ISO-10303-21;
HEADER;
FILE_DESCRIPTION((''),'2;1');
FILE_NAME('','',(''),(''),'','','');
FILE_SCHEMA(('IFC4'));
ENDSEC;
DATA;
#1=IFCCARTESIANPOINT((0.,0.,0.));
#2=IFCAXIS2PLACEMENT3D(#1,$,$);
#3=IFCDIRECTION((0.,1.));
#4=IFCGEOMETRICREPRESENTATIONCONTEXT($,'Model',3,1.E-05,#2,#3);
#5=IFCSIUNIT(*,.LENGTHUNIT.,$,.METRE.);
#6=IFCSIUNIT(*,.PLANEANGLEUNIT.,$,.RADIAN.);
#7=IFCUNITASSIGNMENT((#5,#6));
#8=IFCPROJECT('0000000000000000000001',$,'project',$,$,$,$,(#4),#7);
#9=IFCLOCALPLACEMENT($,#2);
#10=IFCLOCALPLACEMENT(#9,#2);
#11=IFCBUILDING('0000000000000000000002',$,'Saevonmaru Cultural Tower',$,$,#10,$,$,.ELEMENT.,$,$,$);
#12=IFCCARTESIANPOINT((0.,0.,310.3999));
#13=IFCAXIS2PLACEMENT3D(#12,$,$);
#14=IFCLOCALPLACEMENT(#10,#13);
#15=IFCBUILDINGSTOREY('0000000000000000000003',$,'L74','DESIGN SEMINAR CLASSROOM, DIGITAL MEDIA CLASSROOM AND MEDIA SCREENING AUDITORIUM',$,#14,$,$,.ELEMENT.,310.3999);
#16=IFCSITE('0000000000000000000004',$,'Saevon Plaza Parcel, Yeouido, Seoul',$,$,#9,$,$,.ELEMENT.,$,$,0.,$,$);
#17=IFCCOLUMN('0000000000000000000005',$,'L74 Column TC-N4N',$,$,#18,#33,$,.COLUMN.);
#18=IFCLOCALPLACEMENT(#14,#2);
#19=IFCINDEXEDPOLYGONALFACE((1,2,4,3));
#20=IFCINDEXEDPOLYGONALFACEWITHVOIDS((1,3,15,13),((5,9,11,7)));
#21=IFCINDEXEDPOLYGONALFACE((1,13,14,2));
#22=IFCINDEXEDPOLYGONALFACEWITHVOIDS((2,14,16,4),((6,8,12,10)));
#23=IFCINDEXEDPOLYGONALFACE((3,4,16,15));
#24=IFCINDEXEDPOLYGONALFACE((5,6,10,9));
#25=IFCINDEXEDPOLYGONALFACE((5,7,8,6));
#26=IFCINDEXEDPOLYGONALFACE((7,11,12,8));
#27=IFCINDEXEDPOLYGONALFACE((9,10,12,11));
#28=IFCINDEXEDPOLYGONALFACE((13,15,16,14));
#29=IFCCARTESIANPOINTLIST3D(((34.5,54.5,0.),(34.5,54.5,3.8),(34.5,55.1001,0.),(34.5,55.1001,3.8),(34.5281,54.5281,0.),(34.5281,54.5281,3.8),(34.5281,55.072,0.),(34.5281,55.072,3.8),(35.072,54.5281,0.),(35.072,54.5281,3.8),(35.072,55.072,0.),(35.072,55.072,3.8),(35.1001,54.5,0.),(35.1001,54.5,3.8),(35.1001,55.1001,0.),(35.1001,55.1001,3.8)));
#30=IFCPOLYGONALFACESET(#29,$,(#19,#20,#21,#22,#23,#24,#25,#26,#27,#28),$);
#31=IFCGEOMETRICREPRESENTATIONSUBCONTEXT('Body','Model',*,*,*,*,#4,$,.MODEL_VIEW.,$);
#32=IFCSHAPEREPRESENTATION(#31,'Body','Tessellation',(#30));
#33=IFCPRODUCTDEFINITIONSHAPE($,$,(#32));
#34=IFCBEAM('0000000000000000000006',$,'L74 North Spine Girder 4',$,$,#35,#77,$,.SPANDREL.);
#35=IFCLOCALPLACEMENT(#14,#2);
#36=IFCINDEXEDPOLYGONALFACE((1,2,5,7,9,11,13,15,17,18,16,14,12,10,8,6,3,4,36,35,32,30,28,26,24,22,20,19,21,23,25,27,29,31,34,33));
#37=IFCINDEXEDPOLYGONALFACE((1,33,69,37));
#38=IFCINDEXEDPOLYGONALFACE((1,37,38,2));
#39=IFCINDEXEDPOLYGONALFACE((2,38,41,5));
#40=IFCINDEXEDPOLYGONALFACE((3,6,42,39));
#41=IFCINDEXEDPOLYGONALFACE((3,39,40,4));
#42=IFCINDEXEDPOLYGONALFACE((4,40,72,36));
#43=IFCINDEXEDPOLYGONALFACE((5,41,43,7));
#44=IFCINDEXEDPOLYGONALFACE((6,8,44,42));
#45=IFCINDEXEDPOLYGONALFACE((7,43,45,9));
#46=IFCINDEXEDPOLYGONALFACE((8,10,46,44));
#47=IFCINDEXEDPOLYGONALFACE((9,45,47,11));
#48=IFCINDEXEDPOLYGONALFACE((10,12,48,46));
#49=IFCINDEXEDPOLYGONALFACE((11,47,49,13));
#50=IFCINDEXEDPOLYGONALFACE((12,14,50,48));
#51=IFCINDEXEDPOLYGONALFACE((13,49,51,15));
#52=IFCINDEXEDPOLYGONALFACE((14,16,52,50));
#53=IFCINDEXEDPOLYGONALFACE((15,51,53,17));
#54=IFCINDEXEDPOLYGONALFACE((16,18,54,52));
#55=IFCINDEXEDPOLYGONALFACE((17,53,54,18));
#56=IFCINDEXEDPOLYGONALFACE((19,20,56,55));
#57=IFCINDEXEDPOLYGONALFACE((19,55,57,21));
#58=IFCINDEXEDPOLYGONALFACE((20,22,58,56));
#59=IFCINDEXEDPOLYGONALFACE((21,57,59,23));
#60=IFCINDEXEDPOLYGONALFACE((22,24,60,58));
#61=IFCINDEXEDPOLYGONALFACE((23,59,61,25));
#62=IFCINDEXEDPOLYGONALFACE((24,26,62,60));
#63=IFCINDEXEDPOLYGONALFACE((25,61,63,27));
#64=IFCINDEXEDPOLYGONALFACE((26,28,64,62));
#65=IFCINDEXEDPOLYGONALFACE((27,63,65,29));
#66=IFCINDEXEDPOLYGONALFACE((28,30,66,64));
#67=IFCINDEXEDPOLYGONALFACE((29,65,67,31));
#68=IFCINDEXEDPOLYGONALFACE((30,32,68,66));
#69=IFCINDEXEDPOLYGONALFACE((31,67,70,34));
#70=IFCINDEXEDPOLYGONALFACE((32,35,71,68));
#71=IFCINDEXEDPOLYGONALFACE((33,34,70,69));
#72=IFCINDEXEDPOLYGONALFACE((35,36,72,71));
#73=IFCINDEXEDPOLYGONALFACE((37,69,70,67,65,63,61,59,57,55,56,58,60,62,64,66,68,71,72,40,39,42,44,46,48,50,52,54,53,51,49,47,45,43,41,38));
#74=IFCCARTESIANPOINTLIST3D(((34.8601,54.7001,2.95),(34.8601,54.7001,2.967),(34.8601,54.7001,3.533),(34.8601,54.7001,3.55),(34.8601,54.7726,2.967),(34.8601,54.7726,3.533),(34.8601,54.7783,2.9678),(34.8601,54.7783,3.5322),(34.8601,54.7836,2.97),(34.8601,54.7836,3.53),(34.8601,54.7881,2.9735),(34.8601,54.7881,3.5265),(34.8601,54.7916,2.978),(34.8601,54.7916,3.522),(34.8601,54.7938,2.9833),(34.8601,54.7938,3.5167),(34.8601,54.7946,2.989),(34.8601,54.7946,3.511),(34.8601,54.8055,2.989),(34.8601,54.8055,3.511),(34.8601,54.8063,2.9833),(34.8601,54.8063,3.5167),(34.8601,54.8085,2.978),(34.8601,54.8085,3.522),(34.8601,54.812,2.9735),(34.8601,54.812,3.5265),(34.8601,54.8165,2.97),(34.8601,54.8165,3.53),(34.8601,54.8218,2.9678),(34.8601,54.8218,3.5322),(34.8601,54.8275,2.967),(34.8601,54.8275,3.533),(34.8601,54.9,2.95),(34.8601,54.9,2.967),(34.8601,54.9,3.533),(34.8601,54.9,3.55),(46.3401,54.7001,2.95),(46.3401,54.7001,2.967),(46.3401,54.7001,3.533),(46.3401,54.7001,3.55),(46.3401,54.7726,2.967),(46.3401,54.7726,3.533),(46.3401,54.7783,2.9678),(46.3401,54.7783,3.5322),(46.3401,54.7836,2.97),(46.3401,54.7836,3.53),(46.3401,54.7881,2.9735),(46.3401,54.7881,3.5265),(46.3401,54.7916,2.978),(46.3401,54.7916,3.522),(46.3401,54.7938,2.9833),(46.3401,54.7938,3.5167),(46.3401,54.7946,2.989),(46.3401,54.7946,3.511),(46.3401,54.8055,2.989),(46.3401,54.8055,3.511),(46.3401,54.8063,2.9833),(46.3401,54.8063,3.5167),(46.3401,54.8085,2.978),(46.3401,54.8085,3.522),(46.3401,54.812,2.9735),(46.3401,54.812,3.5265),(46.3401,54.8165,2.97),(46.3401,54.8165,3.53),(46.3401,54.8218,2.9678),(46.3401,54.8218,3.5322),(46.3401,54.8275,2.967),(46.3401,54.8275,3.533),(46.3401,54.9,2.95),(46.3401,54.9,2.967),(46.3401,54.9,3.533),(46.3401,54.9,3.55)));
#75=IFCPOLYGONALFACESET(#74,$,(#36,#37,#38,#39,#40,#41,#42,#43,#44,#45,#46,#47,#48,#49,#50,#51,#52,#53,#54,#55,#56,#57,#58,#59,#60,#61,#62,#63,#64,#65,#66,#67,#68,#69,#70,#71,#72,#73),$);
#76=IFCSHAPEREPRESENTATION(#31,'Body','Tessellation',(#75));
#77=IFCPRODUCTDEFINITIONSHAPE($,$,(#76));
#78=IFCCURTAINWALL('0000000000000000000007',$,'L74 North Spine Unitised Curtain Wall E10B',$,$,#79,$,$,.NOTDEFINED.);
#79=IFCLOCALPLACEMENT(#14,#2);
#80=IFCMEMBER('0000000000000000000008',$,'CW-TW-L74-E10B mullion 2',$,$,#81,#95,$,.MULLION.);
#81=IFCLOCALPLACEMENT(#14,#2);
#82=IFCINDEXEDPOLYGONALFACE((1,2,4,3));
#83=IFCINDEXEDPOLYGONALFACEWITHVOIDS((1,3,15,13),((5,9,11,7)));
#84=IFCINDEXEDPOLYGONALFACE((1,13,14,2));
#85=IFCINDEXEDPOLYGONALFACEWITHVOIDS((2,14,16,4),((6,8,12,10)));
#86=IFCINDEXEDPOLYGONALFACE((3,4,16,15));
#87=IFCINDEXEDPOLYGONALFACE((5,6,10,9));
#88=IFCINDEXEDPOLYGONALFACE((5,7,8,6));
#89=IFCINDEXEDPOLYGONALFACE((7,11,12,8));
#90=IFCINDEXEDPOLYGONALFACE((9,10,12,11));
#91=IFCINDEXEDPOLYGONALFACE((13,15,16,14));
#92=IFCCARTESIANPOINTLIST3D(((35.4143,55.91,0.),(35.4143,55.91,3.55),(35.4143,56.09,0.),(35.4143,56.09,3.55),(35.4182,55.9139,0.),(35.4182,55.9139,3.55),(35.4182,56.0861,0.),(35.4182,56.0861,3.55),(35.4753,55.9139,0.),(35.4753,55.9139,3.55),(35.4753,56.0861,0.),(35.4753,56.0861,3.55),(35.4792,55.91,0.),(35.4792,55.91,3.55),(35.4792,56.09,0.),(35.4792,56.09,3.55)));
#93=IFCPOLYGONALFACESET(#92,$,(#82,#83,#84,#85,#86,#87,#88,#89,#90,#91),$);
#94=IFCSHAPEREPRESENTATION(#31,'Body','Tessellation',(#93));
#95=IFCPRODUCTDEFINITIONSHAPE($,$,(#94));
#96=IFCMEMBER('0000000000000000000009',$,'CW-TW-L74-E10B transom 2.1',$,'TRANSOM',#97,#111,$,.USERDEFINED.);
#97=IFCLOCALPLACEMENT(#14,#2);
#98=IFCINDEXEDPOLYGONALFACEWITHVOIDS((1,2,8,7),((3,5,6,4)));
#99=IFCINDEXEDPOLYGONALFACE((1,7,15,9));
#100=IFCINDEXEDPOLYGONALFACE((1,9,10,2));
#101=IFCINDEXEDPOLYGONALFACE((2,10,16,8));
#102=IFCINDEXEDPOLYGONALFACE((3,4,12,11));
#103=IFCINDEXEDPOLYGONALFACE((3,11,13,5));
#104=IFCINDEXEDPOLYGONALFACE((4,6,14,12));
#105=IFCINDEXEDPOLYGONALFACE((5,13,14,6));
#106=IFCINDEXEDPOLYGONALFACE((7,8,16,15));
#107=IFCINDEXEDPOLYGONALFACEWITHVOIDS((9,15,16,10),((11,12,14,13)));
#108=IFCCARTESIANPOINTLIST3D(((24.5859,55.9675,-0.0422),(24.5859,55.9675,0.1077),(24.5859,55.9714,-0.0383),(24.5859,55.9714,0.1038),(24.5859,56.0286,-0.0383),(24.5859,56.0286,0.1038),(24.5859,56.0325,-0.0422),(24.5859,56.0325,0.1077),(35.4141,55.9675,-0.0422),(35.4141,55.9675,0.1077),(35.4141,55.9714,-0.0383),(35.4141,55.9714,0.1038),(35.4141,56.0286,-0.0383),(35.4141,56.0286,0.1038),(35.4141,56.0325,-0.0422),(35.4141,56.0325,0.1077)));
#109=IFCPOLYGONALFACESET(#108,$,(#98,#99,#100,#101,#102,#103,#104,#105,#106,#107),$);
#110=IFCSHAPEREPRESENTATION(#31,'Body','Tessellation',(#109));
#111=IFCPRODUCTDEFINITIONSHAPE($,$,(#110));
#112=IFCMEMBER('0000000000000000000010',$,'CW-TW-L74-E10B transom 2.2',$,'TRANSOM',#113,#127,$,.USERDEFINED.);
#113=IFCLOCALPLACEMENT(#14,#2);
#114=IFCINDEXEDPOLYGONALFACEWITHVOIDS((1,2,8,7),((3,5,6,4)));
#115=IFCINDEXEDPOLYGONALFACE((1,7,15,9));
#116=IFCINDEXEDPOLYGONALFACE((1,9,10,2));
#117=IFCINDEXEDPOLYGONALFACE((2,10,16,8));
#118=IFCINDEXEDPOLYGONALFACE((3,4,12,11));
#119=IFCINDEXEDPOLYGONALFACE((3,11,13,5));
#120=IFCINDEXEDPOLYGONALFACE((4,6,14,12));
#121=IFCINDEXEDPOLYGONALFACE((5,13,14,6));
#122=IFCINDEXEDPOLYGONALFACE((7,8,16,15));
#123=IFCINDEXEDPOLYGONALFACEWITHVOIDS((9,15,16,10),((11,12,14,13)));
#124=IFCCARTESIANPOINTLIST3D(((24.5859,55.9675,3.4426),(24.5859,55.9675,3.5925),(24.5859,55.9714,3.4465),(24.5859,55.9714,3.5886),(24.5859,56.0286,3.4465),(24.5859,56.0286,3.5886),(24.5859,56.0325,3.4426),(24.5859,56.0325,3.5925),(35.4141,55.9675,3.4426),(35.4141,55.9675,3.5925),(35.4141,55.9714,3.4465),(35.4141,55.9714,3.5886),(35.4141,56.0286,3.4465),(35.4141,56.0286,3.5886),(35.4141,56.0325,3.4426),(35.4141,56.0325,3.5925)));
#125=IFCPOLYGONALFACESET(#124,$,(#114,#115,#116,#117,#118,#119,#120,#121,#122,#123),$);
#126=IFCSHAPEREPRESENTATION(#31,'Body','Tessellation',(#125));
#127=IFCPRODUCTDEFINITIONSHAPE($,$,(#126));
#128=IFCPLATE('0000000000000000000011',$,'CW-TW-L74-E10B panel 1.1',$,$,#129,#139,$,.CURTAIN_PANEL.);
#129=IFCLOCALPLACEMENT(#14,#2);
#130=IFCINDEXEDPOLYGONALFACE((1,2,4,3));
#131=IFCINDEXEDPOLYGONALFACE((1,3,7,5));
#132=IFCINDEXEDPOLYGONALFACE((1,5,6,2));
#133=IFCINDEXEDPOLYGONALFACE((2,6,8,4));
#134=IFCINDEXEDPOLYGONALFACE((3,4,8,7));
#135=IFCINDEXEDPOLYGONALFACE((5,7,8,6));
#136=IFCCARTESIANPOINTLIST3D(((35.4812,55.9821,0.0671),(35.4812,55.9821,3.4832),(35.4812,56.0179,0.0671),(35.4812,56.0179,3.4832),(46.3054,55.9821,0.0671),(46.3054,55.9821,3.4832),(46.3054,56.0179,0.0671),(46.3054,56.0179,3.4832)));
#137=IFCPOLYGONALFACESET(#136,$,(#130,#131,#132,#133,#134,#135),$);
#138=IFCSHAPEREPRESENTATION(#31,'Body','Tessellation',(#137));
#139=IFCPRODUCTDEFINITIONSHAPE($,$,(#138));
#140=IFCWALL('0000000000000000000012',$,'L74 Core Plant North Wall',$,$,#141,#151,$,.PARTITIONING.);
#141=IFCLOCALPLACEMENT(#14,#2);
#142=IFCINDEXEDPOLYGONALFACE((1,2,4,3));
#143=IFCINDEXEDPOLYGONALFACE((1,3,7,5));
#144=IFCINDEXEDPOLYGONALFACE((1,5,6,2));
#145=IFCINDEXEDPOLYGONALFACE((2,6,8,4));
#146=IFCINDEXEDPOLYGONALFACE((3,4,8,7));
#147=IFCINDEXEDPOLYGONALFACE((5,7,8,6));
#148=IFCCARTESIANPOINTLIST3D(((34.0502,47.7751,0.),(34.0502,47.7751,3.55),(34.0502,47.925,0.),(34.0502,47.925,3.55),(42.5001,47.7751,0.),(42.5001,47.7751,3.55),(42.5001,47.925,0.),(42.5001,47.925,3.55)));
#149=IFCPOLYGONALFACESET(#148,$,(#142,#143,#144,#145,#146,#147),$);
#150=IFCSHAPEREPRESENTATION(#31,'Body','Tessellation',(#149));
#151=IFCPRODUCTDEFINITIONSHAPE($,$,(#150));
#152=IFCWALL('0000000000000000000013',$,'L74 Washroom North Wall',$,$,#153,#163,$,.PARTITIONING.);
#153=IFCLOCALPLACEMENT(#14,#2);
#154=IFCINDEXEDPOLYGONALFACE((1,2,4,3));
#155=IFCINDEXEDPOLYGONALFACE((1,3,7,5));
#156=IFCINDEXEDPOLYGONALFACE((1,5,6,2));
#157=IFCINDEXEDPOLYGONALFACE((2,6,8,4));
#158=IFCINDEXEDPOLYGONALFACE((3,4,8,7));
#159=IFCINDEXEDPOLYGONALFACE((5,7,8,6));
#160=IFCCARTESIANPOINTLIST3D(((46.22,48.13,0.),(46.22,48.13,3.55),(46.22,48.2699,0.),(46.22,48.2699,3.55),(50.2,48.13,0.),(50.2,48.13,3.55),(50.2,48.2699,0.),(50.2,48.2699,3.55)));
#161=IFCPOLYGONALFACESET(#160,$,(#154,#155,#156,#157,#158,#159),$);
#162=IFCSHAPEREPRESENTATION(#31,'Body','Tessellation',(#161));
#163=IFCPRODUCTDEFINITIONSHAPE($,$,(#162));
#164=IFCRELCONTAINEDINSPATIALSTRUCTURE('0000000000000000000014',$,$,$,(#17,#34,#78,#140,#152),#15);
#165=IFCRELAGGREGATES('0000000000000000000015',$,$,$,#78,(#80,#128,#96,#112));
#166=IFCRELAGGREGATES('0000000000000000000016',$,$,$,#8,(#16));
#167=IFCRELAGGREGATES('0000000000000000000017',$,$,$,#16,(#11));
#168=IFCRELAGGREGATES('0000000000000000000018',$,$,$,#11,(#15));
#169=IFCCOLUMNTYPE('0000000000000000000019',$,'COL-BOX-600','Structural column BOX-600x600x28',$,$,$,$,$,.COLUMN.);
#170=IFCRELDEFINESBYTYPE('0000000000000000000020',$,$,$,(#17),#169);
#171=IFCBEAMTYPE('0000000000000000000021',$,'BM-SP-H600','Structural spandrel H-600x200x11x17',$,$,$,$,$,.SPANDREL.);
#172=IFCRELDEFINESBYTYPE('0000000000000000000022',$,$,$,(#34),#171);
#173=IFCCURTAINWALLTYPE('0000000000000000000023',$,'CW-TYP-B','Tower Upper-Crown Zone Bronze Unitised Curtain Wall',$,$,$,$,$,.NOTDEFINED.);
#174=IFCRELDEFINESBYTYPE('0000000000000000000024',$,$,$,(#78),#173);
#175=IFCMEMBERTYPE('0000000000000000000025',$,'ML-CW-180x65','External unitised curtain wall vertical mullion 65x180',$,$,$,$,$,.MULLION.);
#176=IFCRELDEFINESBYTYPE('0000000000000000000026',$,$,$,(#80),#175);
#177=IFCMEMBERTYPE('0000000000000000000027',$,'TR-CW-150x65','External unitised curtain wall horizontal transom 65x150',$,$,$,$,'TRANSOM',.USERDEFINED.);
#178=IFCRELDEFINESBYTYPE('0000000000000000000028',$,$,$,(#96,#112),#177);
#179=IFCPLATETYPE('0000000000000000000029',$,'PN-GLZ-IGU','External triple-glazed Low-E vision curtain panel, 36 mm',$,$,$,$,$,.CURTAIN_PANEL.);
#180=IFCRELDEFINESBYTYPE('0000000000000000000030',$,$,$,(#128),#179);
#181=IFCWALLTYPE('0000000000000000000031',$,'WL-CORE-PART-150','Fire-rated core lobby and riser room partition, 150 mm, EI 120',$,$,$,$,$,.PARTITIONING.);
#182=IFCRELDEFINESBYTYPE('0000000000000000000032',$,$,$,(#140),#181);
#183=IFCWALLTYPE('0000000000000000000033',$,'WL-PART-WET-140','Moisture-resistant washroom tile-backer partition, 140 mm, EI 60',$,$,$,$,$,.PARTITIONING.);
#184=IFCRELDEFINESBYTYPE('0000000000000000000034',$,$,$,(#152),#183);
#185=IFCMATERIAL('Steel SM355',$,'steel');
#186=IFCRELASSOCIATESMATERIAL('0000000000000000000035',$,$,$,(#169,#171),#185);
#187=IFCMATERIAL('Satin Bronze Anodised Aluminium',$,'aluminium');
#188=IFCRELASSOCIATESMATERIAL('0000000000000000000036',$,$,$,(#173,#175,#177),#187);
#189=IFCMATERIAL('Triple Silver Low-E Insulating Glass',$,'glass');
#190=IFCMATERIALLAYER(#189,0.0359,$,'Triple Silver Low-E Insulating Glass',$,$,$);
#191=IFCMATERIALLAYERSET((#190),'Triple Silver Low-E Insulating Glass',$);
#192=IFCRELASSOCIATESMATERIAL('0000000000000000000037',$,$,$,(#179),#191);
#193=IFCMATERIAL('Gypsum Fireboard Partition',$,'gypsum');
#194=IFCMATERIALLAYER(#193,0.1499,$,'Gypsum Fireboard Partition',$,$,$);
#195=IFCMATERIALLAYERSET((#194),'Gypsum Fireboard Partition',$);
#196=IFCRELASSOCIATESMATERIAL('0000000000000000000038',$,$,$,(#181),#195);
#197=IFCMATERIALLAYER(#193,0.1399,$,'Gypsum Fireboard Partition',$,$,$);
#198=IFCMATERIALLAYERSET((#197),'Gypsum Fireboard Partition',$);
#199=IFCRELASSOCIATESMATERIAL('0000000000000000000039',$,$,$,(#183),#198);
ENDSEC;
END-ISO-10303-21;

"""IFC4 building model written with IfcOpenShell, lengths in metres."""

from ifc_helpers import new_model, si_unit, direction, frame, frame_2d, origin, origin_2d, place, context, subcontext, project, spatial, rectangle, hollow_rectangle, i_section, extrude, material, layer, layer_set, material_profile, profile_set, type_object, element, aggregate, save


model = new_model("IFC4")

# Units and contexts
model_context = context("Model", 3, precision=1e-05, world=origin(), true_north=direction((0.0, 1.0)))
body_context = subcontext(model_context, "Body", "Model", "MODEL_VIEW")
ifc_project = project(units=[si_unit("LENGTHUNIT", "METRE"), si_unit("PLANEANGLEUNIT", "RADIAN")], contexts=[model_context])

# Site, building, storey
site_placement = place(None, origin())
site = spatial("IfcSite", under=ifc_project, at=site_placement, Name="Saevon Plaza Parcel, Yeouido, Seoul", CompositionType="ELEMENT", RefElevation=0.0)
building_placement = place(site_placement, origin())
building = spatial("IfcBuilding", under=site, at=building_placement, Name="Saevonmaru Cultural Tower", CompositionType="ELEMENT")
storey_placement = place(building_placement, frame((0.0, 0.0, 310.3999)))
storey = spatial("IfcBuildingStorey", under=building, at=storey_placement, Name="L74", Description="DESIGN SEMINAR CLASSROOM, DIGITAL MEDIA CLASSROOM AND MEDIA SCREENING AUDITORIUM", CompositionType="ELEMENT", Elevation=310.3999)

# Column
ifc_material_1 = material(Name="Steel SM355", Category="steel")
ifc_material_profile_1 = material_profile(ifc_material_1, hollow_rectangle(XDim=0.6001, YDim=0.6001, WallThickness=0.0281, at=origin_2d()), Name="BOX-600x600x28")
ifc_profile_set_1 = profile_set([ifc_material_profile_1], Name="Steel SM355")
column_type = type_object("IfcColumnType", Name="COL-BOX-600", Description="Structural column BOX-600x600x28", PredefinedType="COLUMN", material=ifc_profile_set_1)
column_placement = place(storey_placement, frame((34.8, 54.8, 0.0), z_axis=(0.0, 0.0, 1.0), x_axis=(1.0, 0.0, 0.0)))
element("IfcColumn", 1, at=column_placement, inside=storey, type_object=column_type, Name="L74 Column TC-N4N", PredefinedType="COLUMN", context=body_context, shape_type="SweptSolid", body=[
    extrude(hollow_rectangle(XDim=0.6001, YDim=0.6001, WallThickness=0.0281, at=origin_2d()), origin(), (0.0, 0.0, 1.0), 3.8),
])

# Beam
ifc_material_profile_2 = material_profile(ifc_material_1, i_section(OverallWidth=0.2, OverallDepth=0.6001, WebThickness=0.011, FlangeThickness=0.0171, FilletRadius=0.022, at=origin_2d()), Name="H-600x200x11x17")
ifc_profile_set_2 = profile_set([ifc_material_profile_2], Name="Steel SM355")
beam_type = type_object("IfcBeamType", Name="BM-SP-H600", Description="Structural spandrel H-600x200x11x17", PredefinedType="SPANDREL", material=ifc_profile_set_2)
beam_placement = place(storey_placement, frame((34.8601, 54.8, 3.25), z_axis=(1.0, 0.0, 0.0), x_axis=(0.0, 1.0, 0.0)))
element("IfcBeam", 2, at=beam_placement, inside=storey, type_object=beam_type, Name="L74 North Spine Girder 4", PredefinedType="SPANDREL", context=body_context, shape_type="SweptSolid", body=[
    extrude(i_section(OverallWidth=0.2, OverallDepth=0.6001, WebThickness=0.011, FlangeThickness=0.0171, FilletRadius=0.022, at=origin_2d()), origin(), (0.0, 0.0, 1.0), 11.48),
])

# Curtain wall, members, plate
ifc_material_2 = material(Name="Satin Bronze Anodised Aluminium", Category="aluminium")
curtain_wall_type = type_object("IfcCurtainWallType", Name="CW-TYP-B", Description="Tower Upper-Crown Zone Bronze Unitised Curtain Wall", PredefinedType="NOTDEFINED", material=ifc_material_2)
curtain_wall_placement = place(storey_placement, origin())
curtain_wall = element("IfcCurtainWall", 3, at=curtain_wall_placement, inside=storey, type_object=curtain_wall_type, Name="L74 North Spine Unitised Curtain Wall E10B", PredefinedType="NOTDEFINED")
ifc_material_profile_3 = material_profile(ifc_material_2, hollow_rectangle(XDim=0.0649, YDim=0.1799, WallThickness=0.0039, at=origin_2d()), Name="ALU-MULL-180x65x4")
ifc_profile_set_3 = profile_set([ifc_material_profile_3], Name="Satin Bronze Anodised Aluminium")
member_type_1 = type_object("IfcMemberType", Name="ML-CW-180x65", Description="External unitised curtain wall vertical mullion 65x180", PredefinedType="MULLION", material=ifc_profile_set_3)
member_1_placement = place(storey_placement, frame((35.4468, 56.0, 0.0), z_axis=(0.0, 0.0, 1.0), x_axis=(-1.0, 0.0, 0.0)))
member_1 = element("IfcMember", 4, at=member_1_placement, type_object=member_type_1, Name="CW-TW-L74-E10B mullion 2", PredefinedType="MULLION", context=body_context, shape_type="SweptSolid", body=[
    extrude(hollow_rectangle(XDim=0.0649, YDim=0.1799, WallThickness=0.0039, at=origin_2d()), origin(), (0.0, 0.0, 1.0), 3.55),
])
ifc_material_profile_4 = material_profile(ifc_material_2, hollow_rectangle(XDim=0.0649, YDim=0.1499, WallThickness=0.0039, at=origin_2d()), Name="ALU-TRAN-150x65x4")
ifc_profile_set_4 = profile_set([ifc_material_profile_4], Name="Satin Bronze Anodised Aluminium")
member_type_2 = type_object("IfcMemberType", Name="TR-CW-150x65", Description="External unitised curtain wall horizontal transom 65x150", ElementType="TRANSOM", PredefinedType="USERDEFINED", material=ifc_profile_set_4)
member_2_placement = place(storey_placement, frame((35.4141, 56.0, 0.0327), z_axis=(-1.0, 0.0, 0.0), x_axis=(0.0, -1.0, 0.0)))
member_2 = element("IfcMember", 5, at=member_2_placement, type_object=member_type_2, Name="CW-TW-L74-E10B transom 2.1", ObjectType="TRANSOM", PredefinedType="USERDEFINED", context=body_context, shape_type="SweptSolid", body=[
    extrude(hollow_rectangle(XDim=0.0649, YDim=0.1499, WallThickness=0.0039, at=origin_2d()), origin(), (0.0, 0.0, 1.0), 10.8281),
])
member_3_placement = place(storey_placement, frame((35.4141, 56.0, 3.5176), z_axis=(-1.0, 0.0, 0.0), x_axis=(0.0, -1.0, 0.0)))
member_3 = element("IfcMember", 6, at=member_3_placement, type_object=member_type_2, Name="CW-TW-L74-E10B transom 2.2", ObjectType="TRANSOM", PredefinedType="USERDEFINED", context=body_context, shape_type="SweptSolid", body=[
    extrude(hollow_rectangle(XDim=0.0649, YDim=0.1499, WallThickness=0.0039, at=origin_2d()), origin(), (0.0, 0.0, 1.0), 10.8281),
])
ifc_material_3 = material(Name="Triple Silver Low-E Insulating Glass", Category="glass")
ifc_layer_1 = layer(ifc_material_3, 0.0359, Name="Triple Silver Low-E Insulating Glass")
ifc_layer_set_1 = layer_set([ifc_layer_1], Name="Triple Silver Low-E Insulating Glass")
plate_type = type_object("IfcPlateType", Name="PN-GLZ-IGU", Description="External triple-glazed Low-E vision curtain panel, 36 mm", PredefinedType="CURTAIN_PANEL", material=ifc_layer_set_1)
plate_placement = place(storey_placement, frame((40.8933, 56.0, 0.0671), z_axis=(0.0, 0.0, 1.0), x_axis=(-1.0, 0.0, 0.0)))
plate = element("IfcPlate", 7, at=plate_placement, type_object=plate_type, Name="CW-TW-L74-E10B panel 1.1", PredefinedType="CURTAIN_PANEL", context=body_context, shape_type="SweptSolid", body=[
    extrude(rectangle(XDim=10.8242, YDim=0.0359, at=origin_2d()), origin(), (0.0, 0.0, 1.0), 3.416),
])
aggregate(curtain_wall, [member_1, plate, member_2, member_3])

# Shared definitions
ifc_material_4 = material(Name="Gypsum Fireboard Partition", Category="gypsum")
ifc_layer_2 = layer(ifc_material_4, 0.1499, Name="Gypsum Fireboard Partition")
ifc_layer_set_2 = layer_set([ifc_layer_2], Name="Gypsum Fireboard Partition")
wall_type_1 = type_object("IfcWallType", Name="WL-CORE-PART-150", Description="Fire-rated core lobby and riser room partition, 150 mm, EI 120", PredefinedType="PARTITIONING", material=ifc_layer_set_2)

# Walls
wall_1_placement = place(storey_placement, frame((34.05, 47.8501, 0.0), z_axis=(0.0, 0.0, 1.0), x_axis=(1.0, 0.0, 0.0)))
element("IfcWall", 8, at=wall_1_placement, inside=storey, type_object=wall_type_1, Name="L74 Core Plant North Wall", PredefinedType="PARTITIONING", context=body_context, shape_type="SweptSolid", body=[
    extrude(rectangle(XDim=8.45, YDim=0.1499, at=frame_2d((4.2251, 0.0))), origin(), (0.0, 0.0, 1.0), 3.55),
])
ifc_layer_3 = layer(ifc_material_4, 0.1399, Name="Gypsum Fireboard Partition")
ifc_layer_set_3 = layer_set([ifc_layer_3], Name="Gypsum Fireboard Partition")
wall_type_2 = type_object("IfcWallType", Name="WL-PART-WET-140", Description="Moisture-resistant washroom tile-backer partition, 140 mm, EI 60", PredefinedType="PARTITIONING", material=ifc_layer_set_3)
wall_2_placement = place(storey_placement, frame((46.22, 48.2, 0.0), z_axis=(0.0, 0.0, 1.0), x_axis=(1.0, 0.0, 0.0)))
element("IfcWall", 9, at=wall_2_placement, inside=storey, type_object=wall_type_2, Name="L74 Washroom North Wall", PredefinedType="PARTITIONING", context=body_context, shape_type="SweptSolid", body=[
    extrude(rectangle(XDim=3.98, YDim=0.1399, at=frame_2d((1.99, 0.0))), origin(), (0.0, 0.0, 1.0), 3.55),
])

save(model, "model.ifc")
